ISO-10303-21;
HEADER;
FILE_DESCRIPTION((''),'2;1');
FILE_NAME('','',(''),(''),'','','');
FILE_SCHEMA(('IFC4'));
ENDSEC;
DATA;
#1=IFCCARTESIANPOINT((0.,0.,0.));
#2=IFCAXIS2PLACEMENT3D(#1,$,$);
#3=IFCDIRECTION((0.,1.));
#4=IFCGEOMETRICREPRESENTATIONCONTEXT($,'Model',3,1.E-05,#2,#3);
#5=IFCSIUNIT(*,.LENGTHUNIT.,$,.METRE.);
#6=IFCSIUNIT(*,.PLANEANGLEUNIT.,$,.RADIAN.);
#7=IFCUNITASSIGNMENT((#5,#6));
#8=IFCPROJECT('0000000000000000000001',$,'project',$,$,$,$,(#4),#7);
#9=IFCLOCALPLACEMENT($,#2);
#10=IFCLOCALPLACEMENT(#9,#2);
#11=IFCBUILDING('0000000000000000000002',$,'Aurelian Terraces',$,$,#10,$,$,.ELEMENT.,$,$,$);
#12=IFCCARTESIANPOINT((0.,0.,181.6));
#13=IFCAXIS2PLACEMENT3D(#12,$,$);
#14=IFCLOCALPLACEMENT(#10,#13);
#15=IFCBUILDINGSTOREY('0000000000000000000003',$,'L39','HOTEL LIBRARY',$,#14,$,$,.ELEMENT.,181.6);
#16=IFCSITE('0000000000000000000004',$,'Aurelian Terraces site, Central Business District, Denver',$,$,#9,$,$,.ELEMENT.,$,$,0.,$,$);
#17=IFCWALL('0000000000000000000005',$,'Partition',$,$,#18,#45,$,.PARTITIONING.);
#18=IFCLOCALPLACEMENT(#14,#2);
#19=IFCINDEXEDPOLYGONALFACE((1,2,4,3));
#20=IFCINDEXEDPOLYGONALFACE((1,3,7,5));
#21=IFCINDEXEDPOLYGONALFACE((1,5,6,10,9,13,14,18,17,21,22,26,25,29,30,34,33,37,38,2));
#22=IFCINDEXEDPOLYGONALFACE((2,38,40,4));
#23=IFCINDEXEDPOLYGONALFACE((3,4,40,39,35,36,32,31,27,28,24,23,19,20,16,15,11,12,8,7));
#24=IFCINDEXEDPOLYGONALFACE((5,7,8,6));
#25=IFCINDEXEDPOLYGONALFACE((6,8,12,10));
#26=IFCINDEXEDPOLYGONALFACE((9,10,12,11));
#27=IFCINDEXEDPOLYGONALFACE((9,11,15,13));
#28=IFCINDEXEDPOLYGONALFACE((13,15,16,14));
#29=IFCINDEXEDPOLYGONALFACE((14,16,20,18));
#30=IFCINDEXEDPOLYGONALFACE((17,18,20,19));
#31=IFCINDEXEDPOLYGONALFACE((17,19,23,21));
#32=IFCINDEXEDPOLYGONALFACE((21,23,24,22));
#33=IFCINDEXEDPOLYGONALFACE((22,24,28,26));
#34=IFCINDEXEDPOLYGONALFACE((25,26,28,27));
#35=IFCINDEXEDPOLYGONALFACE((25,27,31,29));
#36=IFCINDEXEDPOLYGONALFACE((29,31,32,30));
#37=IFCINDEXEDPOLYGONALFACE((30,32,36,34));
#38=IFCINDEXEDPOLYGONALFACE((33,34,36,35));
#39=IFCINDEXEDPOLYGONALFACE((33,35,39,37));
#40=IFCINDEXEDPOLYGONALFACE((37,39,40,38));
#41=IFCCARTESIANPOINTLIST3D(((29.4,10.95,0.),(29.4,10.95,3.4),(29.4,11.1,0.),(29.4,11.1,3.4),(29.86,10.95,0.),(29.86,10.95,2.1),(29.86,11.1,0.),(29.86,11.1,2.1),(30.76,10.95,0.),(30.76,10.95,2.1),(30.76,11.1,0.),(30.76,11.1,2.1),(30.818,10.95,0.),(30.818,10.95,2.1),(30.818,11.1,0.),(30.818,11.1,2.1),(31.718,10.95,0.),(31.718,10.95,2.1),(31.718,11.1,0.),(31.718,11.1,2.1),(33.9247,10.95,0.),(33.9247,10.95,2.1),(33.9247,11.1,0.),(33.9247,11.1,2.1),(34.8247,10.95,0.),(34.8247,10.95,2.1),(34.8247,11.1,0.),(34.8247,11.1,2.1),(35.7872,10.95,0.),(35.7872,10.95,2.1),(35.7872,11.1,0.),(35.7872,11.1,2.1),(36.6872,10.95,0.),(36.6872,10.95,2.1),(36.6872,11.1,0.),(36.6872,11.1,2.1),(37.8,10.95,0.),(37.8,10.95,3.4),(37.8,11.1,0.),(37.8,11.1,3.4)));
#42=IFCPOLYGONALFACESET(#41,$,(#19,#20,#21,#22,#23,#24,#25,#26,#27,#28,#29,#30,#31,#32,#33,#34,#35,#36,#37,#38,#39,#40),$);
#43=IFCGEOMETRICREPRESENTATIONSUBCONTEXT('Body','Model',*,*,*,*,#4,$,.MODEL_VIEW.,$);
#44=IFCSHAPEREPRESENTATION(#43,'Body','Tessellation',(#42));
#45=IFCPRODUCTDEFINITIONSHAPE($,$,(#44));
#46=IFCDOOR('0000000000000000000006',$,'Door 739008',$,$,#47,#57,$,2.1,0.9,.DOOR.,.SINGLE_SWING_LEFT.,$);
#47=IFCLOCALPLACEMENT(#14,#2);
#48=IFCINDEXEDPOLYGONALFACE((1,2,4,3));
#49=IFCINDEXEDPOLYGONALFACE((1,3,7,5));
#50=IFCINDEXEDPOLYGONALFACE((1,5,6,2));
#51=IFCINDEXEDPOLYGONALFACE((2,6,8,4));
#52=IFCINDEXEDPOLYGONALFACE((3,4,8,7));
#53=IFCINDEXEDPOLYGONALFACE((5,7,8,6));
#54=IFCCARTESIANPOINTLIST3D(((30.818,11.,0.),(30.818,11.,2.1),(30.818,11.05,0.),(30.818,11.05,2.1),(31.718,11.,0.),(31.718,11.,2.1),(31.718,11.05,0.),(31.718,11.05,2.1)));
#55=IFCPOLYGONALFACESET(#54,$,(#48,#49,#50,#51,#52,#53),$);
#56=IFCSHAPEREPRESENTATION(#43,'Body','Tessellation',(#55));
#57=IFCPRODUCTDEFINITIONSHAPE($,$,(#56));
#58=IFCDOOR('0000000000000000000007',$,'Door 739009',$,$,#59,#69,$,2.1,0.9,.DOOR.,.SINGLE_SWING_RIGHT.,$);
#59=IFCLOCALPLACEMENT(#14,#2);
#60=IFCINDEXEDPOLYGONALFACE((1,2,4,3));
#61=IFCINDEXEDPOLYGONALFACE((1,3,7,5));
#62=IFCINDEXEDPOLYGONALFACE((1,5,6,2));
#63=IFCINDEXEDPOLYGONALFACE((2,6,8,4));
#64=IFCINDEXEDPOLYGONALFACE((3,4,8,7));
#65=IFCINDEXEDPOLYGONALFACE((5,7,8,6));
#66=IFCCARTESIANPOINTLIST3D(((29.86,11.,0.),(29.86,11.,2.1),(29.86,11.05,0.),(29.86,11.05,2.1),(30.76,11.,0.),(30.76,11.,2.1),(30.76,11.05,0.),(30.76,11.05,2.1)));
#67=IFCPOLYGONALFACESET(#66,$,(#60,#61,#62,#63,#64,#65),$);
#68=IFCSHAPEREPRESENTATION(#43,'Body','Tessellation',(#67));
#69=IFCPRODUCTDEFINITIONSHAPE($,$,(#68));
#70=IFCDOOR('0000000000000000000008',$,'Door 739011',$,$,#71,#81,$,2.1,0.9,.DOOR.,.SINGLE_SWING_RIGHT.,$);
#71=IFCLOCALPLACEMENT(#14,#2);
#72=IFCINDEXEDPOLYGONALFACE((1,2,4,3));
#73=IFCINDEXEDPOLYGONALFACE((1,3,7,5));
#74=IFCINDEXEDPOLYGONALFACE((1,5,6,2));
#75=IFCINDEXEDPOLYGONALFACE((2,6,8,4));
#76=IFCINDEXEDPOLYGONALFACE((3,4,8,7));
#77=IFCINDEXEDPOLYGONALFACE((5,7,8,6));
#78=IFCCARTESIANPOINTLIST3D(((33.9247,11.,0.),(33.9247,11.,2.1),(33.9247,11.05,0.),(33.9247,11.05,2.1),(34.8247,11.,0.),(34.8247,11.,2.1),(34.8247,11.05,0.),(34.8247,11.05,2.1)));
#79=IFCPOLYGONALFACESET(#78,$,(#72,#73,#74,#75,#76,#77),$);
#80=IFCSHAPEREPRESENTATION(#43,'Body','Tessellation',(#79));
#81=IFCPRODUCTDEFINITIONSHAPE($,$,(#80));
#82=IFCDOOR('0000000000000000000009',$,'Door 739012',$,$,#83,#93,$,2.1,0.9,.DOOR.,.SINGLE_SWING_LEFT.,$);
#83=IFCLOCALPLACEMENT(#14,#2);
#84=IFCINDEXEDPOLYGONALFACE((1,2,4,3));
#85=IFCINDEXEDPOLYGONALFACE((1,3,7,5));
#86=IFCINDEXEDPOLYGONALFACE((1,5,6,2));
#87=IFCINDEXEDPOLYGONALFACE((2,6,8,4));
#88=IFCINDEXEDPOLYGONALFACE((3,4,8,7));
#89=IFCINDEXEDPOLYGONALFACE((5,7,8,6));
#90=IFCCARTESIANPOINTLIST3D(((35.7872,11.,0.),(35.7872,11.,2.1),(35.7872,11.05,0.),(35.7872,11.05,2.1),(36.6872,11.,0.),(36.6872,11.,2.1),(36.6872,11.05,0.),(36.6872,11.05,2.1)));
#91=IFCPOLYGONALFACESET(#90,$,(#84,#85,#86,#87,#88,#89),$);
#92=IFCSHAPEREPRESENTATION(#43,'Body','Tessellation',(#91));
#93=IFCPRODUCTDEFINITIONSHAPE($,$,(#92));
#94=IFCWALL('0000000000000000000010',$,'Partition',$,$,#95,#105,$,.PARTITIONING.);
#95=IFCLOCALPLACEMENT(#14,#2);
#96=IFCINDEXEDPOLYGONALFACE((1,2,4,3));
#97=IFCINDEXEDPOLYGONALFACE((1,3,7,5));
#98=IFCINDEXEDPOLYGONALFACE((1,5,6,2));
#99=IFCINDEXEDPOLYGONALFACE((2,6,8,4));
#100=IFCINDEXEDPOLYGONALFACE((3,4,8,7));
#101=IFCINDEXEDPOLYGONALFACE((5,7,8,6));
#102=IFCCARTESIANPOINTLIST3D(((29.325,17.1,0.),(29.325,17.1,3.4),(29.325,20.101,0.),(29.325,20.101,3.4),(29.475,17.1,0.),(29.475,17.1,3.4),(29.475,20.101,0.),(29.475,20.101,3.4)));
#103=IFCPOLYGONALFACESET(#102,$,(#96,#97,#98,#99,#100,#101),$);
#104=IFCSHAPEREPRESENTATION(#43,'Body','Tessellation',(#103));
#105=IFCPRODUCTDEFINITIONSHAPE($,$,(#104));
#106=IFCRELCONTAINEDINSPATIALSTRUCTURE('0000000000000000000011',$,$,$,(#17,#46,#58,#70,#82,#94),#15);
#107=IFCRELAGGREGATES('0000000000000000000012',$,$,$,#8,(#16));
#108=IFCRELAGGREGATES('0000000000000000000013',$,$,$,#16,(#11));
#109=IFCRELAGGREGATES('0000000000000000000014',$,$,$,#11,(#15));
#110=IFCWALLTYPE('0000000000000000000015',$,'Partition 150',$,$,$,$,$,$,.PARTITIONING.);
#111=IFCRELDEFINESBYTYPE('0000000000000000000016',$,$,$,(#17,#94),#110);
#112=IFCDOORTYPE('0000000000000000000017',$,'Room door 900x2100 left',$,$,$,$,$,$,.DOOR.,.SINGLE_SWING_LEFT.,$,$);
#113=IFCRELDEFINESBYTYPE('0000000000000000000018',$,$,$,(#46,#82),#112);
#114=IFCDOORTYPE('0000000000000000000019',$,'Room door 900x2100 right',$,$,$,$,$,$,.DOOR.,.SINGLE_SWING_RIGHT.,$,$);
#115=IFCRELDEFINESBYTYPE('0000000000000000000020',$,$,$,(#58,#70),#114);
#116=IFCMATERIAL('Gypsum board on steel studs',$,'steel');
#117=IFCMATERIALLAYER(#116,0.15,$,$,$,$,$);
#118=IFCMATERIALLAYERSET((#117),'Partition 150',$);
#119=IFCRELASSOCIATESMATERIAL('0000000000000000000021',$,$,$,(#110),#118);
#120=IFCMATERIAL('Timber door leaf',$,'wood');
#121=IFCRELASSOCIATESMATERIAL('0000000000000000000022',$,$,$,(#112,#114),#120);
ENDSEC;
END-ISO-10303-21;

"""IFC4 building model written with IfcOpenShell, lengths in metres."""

from ifc_helpers import new_model, si_unit, direction, frame, frame_2d, origin, place, context, subcontext, project, spatial, rectangle, extrude, source, transform, mapped, material, layer, layer_set, type_object, element, fill, save


model = new_model("IFC4")

# Units and contexts
model_context = context("Model", 3, precision=1e-05, world=origin(), true_north=direction((0.0, 1.0)))
body_context = subcontext(model_context, "Body", "Model", "MODEL_VIEW")
ifc_project = project(units=[si_unit("LENGTHUNIT", "METRE"), si_unit("PLANEANGLEUNIT", "RADIAN")], contexts=[model_context])

# Site, building, storey
site_placement = place(None, origin())
site = spatial("IfcSite", under=ifc_project, at=site_placement, Name="Aurelian Terraces site, Central Business District, Denver", CompositionType="ELEMENT", RefElevation=0.0)
building_placement = place(site_placement, origin())
building = spatial("IfcBuilding", under=site, at=building_placement, Name="Aurelian Terraces", CompositionType="ELEMENT")
storey_placement = place(building_placement, frame((0.0, 0.0, 181.6)))
storey = spatial("IfcBuildingStorey", under=building, at=storey_placement, Name="L39", Description="HOTEL LIBRARY", CompositionType="ELEMENT", Elevation=181.6)

# Shared definitions
ifc_material_1 = material(Name="Timber door leaf", Category="wood")

# Shared definitions
ifc_material_2 = material(Name="Gypsum board on steel studs", Category="steel")
ifc_layer_1 = layer(ifc_material_2, 0.15)
ifc_layer_set_1 = layer_set([ifc_layer_1], Name="Partition 150")
wall_type_1 = type_object("IfcWallType", Name="Partition 150", PredefinedType="PARTITIONING", material=ifc_layer_set_1)

# Wall, openings, doors
shared_shape_1 = source(origin(), body_context, "Body", "SweptSolid", [
    extrude(rectangle(XDim=8.4, YDim=0.15, at=frame_2d((4.2, 0.0))), origin(), (0.0, 0.0, 1.0), 3.4),
])
wall_1_placement = place(storey_placement, frame((37.8, 11.025, 0.0), z_axis=(0.0, 0.0, 1.0), x_axis=(-1.0, 0.0, 0.0)))
wall_1 = element("IfcWall", 1, at=wall_1_placement, inside=storey, type_object=wall_type_1, Name="Partition", PredefinedType="PARTITIONING", context=body_context, shape_type="MappedRepresentation", body=[
    mapped(shared_shape_1, transform((0.0, 0.0, 0.0), scale=1.0)),
])
shared_shape_2 = source(origin(), body_context, "Body", "SweptSolid", [
    extrude(rectangle(XDim=0.9, YDim=2.1, at=frame_2d((0.45, 1.05))), frame((0.0, 0.085, 0.0), z_axis=(0.0, -1.0, 0.0), x_axis=(1.0, 0.0, 0.0)), (0.0, 0.0, 1.0), 0.17),
])
opening_1_placement = place(wall_1_placement, frame((6.082, 0.0, 0.0)))
opening_1 = element("IfcOpeningElement", 2, at=opening_1_placement, cuts=wall_1, PredefinedType="OPENING", context=body_context, shape_type="MappedRepresentation", body=[
    mapped(shared_shape_2, transform((0.0, 0.0, 0.0), scale=1.0)),
])
opening_2_placement = place(wall_1_placement, frame((7.04, 0.0, 0.0)))
opening_2 = element("IfcOpeningElement", 3, at=opening_2_placement, cuts=wall_1, PredefinedType="OPENING", context=body_context, shape_type="MappedRepresentation", body=[
    mapped(shared_shape_2, transform((0.0, 0.0, 0.0), scale=1.0)),
])
opening_3_placement = place(wall_1_placement, frame((2.9753, 0.0, 0.0)))
opening_3 = element("IfcOpeningElement", 4, at=opening_3_placement, cuts=wall_1, PredefinedType="OPENING", context=body_context, shape_type="MappedRepresentation", body=[
    mapped(shared_shape_2, transform((0.0, 0.0, 0.0), scale=1.0)),
])
opening_4_placement = place(wall_1_placement, frame((1.1128, 0.0, 0.0)))
opening_4 = element("IfcOpeningElement", 5, at=opening_4_placement, cuts=wall_1, PredefinedType="OPENING", context=body_context, shape_type="MappedRepresentation", body=[
    mapped(shared_shape_2, transform((0.0, 0.0, 0.0), scale=1.0)),
])
door_type_1 = type_object("IfcDoorType", Name="Room door 900x2100 left", OperationType="SINGLE_SWING_LEFT", PredefinedType="DOOR", material=ifc_material_1)
shared_shape_3 = source(origin(), body_context, "Body", "SweptSolid", [
    extrude(rectangle(XDim=0.9, YDim=2.1, at=frame_2d((0.45, 1.05))), frame((0.0, 0.025, 0.0), z_axis=(0.0, -1.0, 0.0), x_axis=(1.0, 0.0, 0.0)), (0.0, 0.0, 1.0), 0.05),
])
door_1_placement = place(opening_1_placement, origin())
door_1 = element("IfcDoor", 6, at=door_1_placement, inside=storey, type_object=door_type_1, Name="Door 739008", OperationType="SINGLE_SWING_LEFT", OverallHeight=2.1, OverallWidth=0.9, PredefinedType="DOOR", context=body_context, shape_type="MappedRepresentation", body=[
    mapped(shared_shape_3, transform((0.0, 0.0, 0.0), scale=1.0)),
])
fill(opening_1, door_1)
door_type_2 = type_object("IfcDoorType", Name="Room door 900x2100 right", OperationType="SINGLE_SWING_RIGHT", PredefinedType="DOOR", material=ifc_material_1)
door_2_placement = place(opening_2_placement, origin())
door_2 = element("IfcDoor", 7, at=door_2_placement, inside=storey, type_object=door_type_2, Name="Door 739009", OperationType="SINGLE_SWING_RIGHT", OverallHeight=2.1, OverallWidth=0.9, PredefinedType="DOOR", context=body_context, shape_type="MappedRepresentation", body=[
    mapped(shared_shape_3, transform((0.0, 0.0, 0.0), scale=1.0)),
])
fill(opening_2, door_2)
door_3_placement = place(opening_3_placement, origin())
door_3 = element("IfcDoor", 8, at=door_3_placement, inside=storey, type_object=door_type_2, Name="Door 739011", OperationType="SINGLE_SWING_RIGHT", OverallHeight=2.1, OverallWidth=0.9, PredefinedType="DOOR", context=body_context, shape_type="MappedRepresentation", body=[
    mapped(shared_shape_3, transform((0.0, 0.0, 0.0), scale=1.0)),
])
fill(opening_3, door_3)
door_4_placement = place(opening_4_placement, origin())
door_4 = element("IfcDoor", 9, at=door_4_placement, inside=storey, type_object=door_type_1, Name="Door 739012", OperationType="SINGLE_SWING_LEFT", OverallHeight=2.1, OverallWidth=0.9, PredefinedType="DOOR", context=body_context, shape_type="MappedRepresentation", body=[
    mapped(shared_shape_3, transform((0.0, 0.0, 0.0), scale=1.0)),
])
fill(opening_4, door_4)

# Wall
shared_shape_4 = source(origin(), body_context, "Body", "SweptSolid", [
    extrude(rectangle(XDim=3.001, YDim=0.15, at=frame_2d((1.5005, 0.0))), origin(), (0.0, 0.0, 1.0), 3.4),
])
wall_2_placement = place(storey_placement, frame((29.4, 17.1, 0.0), z_axis=(0.0, 0.0, 1.0), x_axis=(0.0, 1.0, 0.0)))
element("IfcWall", 10, at=wall_2_placement, inside=storey, type_object=wall_type_1, Name="Partition", PredefinedType="PARTITIONING", context=body_context, shape_type="MappedRepresentation", body=[
    mapped(shared_shape_4, transform((0.0, 0.0, 0.0), scale=1.0)),
])

save(model, "model.ifc")
